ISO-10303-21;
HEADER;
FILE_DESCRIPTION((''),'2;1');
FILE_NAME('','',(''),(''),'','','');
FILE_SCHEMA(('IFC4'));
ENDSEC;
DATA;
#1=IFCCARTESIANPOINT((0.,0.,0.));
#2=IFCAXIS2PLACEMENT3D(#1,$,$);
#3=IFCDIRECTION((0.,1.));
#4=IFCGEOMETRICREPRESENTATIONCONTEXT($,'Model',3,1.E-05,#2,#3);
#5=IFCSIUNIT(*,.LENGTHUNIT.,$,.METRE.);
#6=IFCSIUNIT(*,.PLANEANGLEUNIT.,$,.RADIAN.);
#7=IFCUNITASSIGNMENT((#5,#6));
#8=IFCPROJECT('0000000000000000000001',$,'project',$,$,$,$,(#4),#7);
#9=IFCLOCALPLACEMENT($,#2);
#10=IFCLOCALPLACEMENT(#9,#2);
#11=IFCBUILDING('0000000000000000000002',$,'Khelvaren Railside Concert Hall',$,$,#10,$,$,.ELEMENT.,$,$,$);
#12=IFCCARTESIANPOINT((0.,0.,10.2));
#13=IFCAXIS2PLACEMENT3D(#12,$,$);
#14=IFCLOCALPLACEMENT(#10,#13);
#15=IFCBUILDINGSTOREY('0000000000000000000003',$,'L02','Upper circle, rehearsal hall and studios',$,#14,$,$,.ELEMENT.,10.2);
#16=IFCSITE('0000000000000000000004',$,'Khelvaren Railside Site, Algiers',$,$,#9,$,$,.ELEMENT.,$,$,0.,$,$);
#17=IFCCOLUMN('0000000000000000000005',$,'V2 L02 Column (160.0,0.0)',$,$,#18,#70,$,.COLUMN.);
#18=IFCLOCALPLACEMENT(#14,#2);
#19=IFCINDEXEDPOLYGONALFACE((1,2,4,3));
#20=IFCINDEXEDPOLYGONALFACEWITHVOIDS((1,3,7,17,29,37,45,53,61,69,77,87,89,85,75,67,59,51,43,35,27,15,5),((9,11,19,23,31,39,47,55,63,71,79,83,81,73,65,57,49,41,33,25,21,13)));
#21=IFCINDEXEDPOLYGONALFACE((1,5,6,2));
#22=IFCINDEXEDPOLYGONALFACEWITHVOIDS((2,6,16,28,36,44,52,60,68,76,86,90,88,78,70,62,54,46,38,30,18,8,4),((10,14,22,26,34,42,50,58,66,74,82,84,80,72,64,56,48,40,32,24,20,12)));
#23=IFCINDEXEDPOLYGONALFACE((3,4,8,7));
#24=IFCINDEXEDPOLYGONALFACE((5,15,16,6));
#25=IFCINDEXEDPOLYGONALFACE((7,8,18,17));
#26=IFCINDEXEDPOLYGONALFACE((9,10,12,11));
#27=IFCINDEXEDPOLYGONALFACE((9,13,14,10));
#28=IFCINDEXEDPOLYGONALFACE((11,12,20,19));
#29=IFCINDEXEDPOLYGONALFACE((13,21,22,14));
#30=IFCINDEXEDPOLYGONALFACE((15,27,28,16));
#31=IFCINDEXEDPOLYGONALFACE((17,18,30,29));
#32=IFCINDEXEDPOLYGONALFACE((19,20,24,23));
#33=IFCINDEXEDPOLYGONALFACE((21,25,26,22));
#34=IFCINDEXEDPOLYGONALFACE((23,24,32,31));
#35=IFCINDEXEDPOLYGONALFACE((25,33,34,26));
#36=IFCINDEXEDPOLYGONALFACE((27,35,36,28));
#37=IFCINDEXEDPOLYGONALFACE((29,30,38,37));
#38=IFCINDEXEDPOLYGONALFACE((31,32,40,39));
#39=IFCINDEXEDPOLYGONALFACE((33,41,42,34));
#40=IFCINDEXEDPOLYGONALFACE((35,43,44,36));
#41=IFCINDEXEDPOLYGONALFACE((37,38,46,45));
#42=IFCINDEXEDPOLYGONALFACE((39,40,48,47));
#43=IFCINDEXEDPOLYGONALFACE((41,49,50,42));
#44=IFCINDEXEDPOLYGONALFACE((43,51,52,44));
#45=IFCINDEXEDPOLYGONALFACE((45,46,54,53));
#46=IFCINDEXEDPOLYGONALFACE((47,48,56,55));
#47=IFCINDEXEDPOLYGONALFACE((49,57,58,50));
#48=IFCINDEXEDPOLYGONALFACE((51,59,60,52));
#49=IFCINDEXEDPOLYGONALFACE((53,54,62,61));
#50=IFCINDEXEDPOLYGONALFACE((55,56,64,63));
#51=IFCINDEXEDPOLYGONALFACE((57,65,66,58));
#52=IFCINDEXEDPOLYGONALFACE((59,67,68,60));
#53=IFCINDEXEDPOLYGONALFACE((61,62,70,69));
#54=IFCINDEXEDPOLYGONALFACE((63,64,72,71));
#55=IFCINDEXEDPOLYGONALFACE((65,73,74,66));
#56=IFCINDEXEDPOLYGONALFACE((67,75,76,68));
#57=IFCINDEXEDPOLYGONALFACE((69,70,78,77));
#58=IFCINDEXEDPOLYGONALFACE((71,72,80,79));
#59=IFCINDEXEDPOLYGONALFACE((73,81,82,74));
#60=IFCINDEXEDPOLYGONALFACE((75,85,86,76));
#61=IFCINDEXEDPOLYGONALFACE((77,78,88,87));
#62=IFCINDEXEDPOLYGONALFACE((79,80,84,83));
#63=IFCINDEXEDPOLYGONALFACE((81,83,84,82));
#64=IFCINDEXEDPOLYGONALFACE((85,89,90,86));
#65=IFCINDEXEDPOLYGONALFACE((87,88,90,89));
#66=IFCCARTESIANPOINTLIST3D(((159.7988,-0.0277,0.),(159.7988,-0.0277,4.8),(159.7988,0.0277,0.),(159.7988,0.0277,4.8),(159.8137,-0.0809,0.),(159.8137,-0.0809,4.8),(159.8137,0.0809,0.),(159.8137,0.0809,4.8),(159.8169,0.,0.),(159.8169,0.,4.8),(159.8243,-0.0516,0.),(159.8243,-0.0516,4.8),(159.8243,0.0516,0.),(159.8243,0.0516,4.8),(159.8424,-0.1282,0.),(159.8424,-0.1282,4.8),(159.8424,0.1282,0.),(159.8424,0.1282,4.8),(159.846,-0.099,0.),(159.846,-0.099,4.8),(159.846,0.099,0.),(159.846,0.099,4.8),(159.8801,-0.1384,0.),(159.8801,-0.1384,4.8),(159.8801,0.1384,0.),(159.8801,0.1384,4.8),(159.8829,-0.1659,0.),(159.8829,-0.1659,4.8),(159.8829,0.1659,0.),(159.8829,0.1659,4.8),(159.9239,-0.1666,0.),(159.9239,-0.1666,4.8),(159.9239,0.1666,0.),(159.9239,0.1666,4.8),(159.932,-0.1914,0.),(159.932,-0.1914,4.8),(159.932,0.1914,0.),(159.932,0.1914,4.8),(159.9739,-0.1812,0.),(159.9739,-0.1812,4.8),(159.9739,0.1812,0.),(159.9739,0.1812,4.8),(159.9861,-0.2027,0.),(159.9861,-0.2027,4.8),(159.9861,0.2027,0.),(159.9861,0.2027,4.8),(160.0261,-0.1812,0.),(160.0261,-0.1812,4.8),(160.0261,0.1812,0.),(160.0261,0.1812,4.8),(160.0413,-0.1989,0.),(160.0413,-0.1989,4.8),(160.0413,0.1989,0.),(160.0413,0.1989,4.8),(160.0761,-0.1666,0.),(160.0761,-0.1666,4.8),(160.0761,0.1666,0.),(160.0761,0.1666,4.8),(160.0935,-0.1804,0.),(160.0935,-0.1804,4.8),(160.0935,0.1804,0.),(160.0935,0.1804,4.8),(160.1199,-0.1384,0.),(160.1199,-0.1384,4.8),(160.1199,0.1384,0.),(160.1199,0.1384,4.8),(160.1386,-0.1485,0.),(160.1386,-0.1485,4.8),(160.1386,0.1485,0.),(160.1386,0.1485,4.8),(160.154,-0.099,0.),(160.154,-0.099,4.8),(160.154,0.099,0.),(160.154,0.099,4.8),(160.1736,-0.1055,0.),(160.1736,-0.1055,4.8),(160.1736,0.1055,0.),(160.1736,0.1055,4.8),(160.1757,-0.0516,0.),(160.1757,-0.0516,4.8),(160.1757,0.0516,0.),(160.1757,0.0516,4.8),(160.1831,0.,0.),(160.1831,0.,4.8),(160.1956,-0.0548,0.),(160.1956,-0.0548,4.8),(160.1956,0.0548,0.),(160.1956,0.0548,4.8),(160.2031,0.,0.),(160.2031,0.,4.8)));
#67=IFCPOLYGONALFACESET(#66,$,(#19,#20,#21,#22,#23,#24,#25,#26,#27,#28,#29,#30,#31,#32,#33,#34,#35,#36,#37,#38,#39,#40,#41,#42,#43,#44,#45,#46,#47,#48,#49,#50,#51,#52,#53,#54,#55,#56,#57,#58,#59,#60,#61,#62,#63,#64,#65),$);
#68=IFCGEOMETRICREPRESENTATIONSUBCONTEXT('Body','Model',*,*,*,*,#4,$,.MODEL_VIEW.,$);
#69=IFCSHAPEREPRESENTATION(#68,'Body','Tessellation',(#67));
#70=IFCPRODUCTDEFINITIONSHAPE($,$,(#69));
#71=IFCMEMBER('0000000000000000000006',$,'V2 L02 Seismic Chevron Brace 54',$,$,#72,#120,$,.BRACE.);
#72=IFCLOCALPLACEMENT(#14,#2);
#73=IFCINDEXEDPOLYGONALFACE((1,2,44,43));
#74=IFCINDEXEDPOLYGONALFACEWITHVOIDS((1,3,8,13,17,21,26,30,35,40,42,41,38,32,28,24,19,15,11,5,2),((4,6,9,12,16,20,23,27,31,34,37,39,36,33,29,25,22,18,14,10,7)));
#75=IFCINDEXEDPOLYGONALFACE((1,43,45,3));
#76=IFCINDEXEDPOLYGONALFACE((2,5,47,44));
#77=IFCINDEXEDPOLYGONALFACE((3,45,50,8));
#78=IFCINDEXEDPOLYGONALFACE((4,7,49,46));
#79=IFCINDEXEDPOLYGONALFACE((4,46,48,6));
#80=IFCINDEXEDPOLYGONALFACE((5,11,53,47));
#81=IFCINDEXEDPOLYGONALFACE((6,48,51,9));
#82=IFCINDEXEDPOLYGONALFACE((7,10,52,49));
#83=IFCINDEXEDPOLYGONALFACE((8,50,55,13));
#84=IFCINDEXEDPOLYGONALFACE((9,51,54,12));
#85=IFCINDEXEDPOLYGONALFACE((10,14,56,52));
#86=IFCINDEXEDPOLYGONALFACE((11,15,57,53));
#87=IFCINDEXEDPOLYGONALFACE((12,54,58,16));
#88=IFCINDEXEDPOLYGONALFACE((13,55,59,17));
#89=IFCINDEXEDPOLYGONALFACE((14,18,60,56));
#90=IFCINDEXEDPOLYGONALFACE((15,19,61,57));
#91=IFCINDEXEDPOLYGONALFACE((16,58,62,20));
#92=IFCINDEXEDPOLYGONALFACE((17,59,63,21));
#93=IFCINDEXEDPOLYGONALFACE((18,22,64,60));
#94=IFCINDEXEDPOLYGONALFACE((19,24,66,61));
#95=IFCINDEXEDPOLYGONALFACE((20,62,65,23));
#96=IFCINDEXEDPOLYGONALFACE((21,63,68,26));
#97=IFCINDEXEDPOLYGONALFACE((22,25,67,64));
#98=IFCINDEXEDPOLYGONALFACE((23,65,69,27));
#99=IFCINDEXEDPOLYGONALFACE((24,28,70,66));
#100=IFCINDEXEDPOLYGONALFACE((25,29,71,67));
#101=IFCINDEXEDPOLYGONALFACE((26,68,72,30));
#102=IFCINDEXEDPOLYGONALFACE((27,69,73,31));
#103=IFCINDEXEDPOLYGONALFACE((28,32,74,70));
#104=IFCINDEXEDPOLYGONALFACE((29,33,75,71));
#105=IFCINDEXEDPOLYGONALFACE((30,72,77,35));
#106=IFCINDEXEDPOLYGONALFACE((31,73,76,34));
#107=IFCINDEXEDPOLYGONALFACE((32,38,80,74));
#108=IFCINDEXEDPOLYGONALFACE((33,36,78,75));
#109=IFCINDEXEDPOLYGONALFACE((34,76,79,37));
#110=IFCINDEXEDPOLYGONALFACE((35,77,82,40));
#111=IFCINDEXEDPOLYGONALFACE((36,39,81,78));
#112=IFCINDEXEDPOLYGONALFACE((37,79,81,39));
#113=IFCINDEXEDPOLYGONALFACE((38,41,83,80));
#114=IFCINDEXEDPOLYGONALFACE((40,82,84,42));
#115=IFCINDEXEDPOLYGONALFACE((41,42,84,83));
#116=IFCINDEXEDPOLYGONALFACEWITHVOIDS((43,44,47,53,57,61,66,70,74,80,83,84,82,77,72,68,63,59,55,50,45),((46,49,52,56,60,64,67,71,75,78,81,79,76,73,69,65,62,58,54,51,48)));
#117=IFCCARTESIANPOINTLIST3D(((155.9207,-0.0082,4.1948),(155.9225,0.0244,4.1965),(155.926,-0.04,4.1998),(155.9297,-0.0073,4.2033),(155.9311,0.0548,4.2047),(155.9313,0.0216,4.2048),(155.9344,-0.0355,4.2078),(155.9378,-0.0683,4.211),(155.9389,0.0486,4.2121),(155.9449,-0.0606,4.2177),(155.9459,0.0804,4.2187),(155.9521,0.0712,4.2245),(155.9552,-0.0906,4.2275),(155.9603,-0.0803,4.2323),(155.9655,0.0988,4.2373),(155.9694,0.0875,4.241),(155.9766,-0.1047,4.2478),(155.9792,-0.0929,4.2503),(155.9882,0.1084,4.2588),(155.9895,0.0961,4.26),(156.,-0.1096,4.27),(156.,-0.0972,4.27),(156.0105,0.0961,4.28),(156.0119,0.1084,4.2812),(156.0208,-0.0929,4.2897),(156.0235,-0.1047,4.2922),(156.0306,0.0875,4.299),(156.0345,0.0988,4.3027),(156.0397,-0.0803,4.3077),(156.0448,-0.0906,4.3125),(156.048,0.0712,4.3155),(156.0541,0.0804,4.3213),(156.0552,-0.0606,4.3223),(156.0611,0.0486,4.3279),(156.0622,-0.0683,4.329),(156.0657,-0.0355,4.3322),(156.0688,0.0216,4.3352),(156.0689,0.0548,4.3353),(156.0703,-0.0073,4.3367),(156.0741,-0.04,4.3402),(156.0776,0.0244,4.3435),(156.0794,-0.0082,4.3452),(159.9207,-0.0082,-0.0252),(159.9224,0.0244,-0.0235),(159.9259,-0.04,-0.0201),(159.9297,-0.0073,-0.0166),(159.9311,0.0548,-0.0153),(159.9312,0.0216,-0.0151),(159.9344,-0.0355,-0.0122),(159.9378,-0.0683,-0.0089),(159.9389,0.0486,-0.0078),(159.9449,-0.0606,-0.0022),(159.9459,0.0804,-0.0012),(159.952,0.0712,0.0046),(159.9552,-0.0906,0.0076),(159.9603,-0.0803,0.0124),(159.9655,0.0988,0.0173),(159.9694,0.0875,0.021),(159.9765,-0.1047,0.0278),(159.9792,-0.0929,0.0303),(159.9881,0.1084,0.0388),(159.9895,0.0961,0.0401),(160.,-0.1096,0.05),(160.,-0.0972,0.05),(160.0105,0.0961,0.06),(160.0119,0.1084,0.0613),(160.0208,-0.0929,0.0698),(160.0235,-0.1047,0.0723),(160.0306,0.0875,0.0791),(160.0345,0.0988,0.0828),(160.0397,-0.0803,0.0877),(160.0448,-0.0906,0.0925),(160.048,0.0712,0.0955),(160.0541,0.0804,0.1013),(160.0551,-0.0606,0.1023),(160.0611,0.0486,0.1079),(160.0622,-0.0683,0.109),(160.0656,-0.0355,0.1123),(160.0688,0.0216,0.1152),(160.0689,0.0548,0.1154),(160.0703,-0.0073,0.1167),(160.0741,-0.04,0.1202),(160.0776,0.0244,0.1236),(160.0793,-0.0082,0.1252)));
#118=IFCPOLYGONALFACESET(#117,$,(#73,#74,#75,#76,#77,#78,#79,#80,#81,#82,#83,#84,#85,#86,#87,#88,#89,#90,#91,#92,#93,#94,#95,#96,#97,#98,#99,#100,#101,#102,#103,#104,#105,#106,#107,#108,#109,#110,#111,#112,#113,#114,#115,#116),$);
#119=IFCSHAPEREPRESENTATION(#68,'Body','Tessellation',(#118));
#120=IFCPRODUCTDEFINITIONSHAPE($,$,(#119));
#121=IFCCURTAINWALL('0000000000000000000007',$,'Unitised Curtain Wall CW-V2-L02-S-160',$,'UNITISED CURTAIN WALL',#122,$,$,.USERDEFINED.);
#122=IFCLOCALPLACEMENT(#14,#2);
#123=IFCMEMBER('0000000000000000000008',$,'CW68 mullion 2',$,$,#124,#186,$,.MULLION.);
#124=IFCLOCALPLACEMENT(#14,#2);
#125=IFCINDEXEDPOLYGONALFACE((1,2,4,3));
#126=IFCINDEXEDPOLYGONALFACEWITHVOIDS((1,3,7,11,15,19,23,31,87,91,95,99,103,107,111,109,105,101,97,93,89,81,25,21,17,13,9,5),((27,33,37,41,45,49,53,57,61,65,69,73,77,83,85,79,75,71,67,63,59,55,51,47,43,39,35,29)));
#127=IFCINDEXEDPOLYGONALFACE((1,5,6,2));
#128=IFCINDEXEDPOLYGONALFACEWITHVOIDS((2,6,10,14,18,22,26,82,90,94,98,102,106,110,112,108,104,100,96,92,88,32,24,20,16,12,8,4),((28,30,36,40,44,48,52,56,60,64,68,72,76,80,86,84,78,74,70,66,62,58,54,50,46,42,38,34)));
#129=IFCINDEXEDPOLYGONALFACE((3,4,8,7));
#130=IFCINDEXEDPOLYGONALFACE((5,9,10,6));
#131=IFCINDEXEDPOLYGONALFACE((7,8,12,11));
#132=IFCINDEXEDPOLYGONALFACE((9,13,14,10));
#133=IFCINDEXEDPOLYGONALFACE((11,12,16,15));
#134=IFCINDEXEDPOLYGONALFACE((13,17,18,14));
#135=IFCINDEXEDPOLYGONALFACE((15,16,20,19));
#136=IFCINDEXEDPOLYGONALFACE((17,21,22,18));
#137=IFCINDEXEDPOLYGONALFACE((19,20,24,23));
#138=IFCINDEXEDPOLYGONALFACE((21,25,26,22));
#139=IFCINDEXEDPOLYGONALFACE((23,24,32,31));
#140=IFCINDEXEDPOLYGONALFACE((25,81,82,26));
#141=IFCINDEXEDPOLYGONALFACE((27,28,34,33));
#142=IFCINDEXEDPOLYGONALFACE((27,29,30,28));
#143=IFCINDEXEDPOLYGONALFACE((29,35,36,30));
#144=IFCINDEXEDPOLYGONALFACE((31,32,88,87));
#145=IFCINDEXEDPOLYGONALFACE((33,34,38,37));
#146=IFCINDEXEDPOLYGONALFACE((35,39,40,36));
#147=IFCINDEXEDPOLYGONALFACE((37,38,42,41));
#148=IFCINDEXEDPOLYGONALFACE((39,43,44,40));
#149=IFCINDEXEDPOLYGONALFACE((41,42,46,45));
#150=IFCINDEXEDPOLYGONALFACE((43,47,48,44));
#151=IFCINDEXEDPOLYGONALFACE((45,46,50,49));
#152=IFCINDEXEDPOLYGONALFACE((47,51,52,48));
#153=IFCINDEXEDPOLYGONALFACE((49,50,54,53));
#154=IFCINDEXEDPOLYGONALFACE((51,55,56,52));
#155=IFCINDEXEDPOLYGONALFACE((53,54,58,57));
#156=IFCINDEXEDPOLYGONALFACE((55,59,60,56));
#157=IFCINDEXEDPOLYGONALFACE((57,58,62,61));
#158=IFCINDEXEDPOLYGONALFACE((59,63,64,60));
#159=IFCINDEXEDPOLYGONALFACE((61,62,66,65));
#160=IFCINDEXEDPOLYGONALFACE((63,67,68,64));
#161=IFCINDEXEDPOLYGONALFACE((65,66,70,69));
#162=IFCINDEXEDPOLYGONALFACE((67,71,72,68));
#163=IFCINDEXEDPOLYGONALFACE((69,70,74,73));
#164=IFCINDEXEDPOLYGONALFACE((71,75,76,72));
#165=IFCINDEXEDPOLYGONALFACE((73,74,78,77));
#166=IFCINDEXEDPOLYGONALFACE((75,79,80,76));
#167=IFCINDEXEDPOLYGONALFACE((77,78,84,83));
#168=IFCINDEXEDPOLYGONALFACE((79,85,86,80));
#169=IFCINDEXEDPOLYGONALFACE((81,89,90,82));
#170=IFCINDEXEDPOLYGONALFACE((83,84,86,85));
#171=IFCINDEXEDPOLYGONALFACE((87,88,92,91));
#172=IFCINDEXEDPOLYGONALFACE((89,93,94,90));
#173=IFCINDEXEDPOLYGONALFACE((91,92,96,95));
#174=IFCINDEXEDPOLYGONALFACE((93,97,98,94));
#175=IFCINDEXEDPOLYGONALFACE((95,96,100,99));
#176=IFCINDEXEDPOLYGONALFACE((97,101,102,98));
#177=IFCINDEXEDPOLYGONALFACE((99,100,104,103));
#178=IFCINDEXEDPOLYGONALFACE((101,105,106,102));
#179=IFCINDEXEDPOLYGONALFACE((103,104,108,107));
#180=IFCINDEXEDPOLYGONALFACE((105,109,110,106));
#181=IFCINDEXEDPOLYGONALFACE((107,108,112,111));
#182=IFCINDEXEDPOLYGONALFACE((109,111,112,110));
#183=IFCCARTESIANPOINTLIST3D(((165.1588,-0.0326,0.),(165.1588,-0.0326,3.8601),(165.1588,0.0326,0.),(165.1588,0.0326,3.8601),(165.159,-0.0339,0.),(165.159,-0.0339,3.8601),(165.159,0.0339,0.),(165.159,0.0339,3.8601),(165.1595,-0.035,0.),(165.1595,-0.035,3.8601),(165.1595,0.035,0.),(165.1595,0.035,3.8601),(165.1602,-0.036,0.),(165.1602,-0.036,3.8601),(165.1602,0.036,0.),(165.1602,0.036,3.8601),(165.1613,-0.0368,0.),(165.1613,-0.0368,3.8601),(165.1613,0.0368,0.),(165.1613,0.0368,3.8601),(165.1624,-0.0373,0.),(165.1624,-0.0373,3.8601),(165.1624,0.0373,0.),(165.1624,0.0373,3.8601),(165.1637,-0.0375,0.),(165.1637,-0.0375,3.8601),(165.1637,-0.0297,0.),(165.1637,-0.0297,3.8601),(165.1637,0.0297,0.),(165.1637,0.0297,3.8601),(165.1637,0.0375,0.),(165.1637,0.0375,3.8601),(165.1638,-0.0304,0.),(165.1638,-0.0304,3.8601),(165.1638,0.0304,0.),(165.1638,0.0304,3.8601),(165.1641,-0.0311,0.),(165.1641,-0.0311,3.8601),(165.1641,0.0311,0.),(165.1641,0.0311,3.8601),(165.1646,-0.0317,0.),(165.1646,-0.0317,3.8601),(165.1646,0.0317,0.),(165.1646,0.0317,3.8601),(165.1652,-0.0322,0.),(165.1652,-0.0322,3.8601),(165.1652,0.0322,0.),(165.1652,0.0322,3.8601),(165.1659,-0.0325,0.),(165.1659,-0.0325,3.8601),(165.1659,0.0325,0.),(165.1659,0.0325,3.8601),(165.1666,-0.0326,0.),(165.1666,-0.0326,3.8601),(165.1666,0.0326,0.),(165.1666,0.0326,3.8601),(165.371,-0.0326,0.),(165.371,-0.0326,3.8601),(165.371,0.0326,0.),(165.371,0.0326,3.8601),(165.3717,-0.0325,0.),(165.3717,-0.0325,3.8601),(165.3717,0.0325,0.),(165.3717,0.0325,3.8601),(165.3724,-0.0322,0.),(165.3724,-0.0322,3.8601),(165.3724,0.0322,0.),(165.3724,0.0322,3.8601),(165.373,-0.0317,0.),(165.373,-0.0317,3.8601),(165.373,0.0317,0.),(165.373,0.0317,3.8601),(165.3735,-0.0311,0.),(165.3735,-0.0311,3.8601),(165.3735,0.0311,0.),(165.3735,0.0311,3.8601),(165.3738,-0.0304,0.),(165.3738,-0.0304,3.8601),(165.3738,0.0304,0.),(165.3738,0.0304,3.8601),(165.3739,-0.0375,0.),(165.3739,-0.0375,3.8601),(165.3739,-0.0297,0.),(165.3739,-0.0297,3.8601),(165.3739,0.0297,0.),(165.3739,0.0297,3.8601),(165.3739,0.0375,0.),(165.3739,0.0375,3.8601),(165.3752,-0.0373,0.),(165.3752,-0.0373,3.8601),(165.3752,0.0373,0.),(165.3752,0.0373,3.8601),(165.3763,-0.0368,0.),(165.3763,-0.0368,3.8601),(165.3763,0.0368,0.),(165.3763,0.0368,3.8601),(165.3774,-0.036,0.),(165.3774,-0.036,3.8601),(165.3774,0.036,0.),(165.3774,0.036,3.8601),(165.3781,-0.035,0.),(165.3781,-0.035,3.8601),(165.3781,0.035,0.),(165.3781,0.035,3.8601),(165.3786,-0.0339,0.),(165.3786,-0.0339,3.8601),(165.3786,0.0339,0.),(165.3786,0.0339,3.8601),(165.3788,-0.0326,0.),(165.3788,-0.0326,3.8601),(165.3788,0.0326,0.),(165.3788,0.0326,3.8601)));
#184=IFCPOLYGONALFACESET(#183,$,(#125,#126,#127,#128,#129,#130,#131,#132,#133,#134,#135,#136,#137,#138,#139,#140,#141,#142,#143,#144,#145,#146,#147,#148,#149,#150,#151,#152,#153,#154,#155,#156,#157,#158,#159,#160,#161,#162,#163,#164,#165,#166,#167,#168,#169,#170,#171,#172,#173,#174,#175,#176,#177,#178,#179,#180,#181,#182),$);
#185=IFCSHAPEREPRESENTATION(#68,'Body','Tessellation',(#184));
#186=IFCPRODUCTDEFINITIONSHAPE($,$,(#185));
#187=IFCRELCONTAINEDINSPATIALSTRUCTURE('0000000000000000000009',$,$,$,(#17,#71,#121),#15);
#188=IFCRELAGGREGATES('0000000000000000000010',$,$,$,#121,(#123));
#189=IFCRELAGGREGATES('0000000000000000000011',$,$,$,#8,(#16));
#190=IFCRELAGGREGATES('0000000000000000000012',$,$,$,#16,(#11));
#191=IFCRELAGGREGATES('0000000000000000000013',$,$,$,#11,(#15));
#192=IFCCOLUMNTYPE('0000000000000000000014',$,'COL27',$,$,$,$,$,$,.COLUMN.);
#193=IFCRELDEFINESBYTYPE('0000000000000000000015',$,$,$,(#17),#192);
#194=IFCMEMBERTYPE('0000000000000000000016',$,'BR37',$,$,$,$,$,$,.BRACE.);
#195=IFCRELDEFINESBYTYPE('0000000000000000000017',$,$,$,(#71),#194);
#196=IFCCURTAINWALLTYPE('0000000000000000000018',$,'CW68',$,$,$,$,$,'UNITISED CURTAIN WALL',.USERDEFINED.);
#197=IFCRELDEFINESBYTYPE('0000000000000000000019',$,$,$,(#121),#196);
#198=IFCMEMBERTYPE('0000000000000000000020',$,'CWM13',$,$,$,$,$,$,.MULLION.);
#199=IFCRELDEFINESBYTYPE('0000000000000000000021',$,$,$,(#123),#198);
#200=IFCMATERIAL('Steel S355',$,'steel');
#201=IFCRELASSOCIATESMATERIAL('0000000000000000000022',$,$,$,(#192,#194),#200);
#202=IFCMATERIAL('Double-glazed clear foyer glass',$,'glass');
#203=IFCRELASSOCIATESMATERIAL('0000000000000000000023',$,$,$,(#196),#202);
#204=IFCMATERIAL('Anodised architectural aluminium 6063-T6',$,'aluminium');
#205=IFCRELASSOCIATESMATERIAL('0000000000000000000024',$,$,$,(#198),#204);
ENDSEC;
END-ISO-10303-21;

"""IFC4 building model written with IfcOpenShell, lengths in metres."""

from ifc_helpers import new_model, si_unit, direction, frame, origin, origin_2d, place, context, subcontext, project, spatial, hollow_rectangle, hollow_circle, extrude, material, material_profile, profile_set, type_object, element, aggregate, save


model = new_model("IFC4")

# Units and contexts
model_context = context("Model", 3, precision=1e-05, world=origin(), true_north=direction((0.0, 1.0)))
body_context = subcontext(model_context, "Body", "Model", "MODEL_VIEW")
ifc_project = project(units=[si_unit("LENGTHUNIT", "METRE"), si_unit("PLANEANGLEUNIT", "RADIAN")], contexts=[model_context])

# Site, building, storey
site_placement = place(None, origin())
site = spatial("IfcSite", under=ifc_project, at=site_placement, Name="Khelvaren Railside Site, Algiers", CompositionType="ELEMENT", RefElevation=0.0)
building_placement = place(site_placement, origin())
building = spatial("IfcBuilding", under=site, at=building_placement, Name="Khelvaren Railside Concert Hall", CompositionType="ELEMENT")
storey_placement = place(building_placement, frame((0.0, 0.0, 10.2)))
storey = spatial("IfcBuildingStorey", under=building, at=storey_placement, Name="L02", Description="Upper circle, rehearsal hall and studios", CompositionType="ELEMENT", Elevation=10.2)

# Column
ifc_material_1 = material(Name="Steel S355", Category="steel")
ifc_material_profile_1 = material_profile(ifc_material_1, hollow_circle(Radius=0.2031, WallThickness=0.02, at=origin_2d()), Name="CHS 406.4x20")
ifc_profile_set_1 = profile_set([ifc_material_profile_1], Name="Steel S355")
column_type = type_object("IfcColumnType", Name="COL27", PredefinedType="COLUMN", material=ifc_profile_set_1)
column_placement = place(storey_placement, frame((160.0, 0.0, 0.0), z_axis=(0.0, 0.0, 1.0), x_axis=(1.0, 0.0, 0.0)))
element("IfcColumn", 1, at=column_placement, inside=storey, type_object=column_type, Name="V2 L02 Column (160.0,0.0)", PredefinedType="COLUMN", context=body_context, shape_type="SweptSolid", body=[
    extrude(hollow_circle(Radius=0.2031, WallThickness=0.02, at=origin_2d()), origin(), (0.0, 0.0, 1.0), 4.8),
])

# Member
ifc_material_profile_2 = material_profile(ifc_material_1, hollow_circle(Radius=0.1096, WallThickness=0.0125, at=origin_2d()), Name="CHS 219.1x12.5")
ifc_profile_set_2 = profile_set([ifc_material_profile_2], Name="Steel S355")
member_type_1 = type_object("IfcMemberType", Name="BR37", PredefinedType="BRACE", material=ifc_profile_set_2)
member_1_placement = place(storey_placement, frame((160.0, 0.0, 0.05), z_axis=(-0.687938, 0.0, 0.72577), x_axis=(0.0, -1.0, 0.0)))
element("IfcMember", 2, at=member_1_placement, inside=storey, type_object=member_type_1, Name="V2 L02 Seismic Chevron Brace 54", PredefinedType="BRACE", context=body_context, shape_type="SweptSolid", body=[
    extrude(hollow_circle(Radius=0.1096, WallThickness=0.0125, at=origin_2d()), origin(), (0.0, 0.0, 1.0), 5.8145),
])

# Curtain wall, member
ifc_material_2 = material(Name="Double-glazed clear foyer glass", Category="glass")
curtain_wall_type = type_object("IfcCurtainWallType", Name="CW68", ElementType="UNITISED CURTAIN WALL", PredefinedType="USERDEFINED", material=ifc_material_2)
curtain_wall_placement = place(storey_placement, origin())
curtain_wall = element("IfcCurtainWall", 3, at=curtain_wall_placement, inside=storey, type_object=curtain_wall_type, Name="Unitised Curtain Wall CW-V2-L02-S-160", ObjectType="UNITISED CURTAIN WALL", PredefinedType="USERDEFINED")
ifc_material_3 = material(Name="Anodised architectural aluminium 6063-T6", Category="aluminium")
ifc_material_profile_3 = material_profile(ifc_material_3, hollow_rectangle(XDim=0.075, YDim=0.22, WallThickness=0.0049, InnerFilletRadius=0.0029, OuterFilletRadius=0.0049, at=origin_2d()), Name="CWM 75x220x5")
ifc_profile_set_3 = profile_set([ifc_material_profile_3], Name="Anodised architectural aluminium 6063-T6")
member_type_2 = type_object("IfcMemberType", Name="CWM13", PredefinedType="MULLION", material=ifc_profile_set_3)
member_2_placement = place(storey_placement, frame((165.2688, 0.0, 0.0), z_axis=(0.0, 0.0, 1.0), x_axis=(0.0, -1.0, 0.0)))
member_2 = element("IfcMember", 4, at=member_2_placement, type_object=member_type_2, Name="CW68 mullion 2", PredefinedType="MULLION", context=body_context, shape_type="SweptSolid", body=[
    extrude(hollow_rectangle(XDim=0.075, YDim=0.22, WallThickness=0.0049, InnerFilletRadius=0.0029, OuterFilletRadius=0.0049, at=origin_2d()), origin(), (0.0, 0.0, 1.0), 3.8601),
])

aggregate(curtain_wall, [member_2])

save(model, "model.ifc")
